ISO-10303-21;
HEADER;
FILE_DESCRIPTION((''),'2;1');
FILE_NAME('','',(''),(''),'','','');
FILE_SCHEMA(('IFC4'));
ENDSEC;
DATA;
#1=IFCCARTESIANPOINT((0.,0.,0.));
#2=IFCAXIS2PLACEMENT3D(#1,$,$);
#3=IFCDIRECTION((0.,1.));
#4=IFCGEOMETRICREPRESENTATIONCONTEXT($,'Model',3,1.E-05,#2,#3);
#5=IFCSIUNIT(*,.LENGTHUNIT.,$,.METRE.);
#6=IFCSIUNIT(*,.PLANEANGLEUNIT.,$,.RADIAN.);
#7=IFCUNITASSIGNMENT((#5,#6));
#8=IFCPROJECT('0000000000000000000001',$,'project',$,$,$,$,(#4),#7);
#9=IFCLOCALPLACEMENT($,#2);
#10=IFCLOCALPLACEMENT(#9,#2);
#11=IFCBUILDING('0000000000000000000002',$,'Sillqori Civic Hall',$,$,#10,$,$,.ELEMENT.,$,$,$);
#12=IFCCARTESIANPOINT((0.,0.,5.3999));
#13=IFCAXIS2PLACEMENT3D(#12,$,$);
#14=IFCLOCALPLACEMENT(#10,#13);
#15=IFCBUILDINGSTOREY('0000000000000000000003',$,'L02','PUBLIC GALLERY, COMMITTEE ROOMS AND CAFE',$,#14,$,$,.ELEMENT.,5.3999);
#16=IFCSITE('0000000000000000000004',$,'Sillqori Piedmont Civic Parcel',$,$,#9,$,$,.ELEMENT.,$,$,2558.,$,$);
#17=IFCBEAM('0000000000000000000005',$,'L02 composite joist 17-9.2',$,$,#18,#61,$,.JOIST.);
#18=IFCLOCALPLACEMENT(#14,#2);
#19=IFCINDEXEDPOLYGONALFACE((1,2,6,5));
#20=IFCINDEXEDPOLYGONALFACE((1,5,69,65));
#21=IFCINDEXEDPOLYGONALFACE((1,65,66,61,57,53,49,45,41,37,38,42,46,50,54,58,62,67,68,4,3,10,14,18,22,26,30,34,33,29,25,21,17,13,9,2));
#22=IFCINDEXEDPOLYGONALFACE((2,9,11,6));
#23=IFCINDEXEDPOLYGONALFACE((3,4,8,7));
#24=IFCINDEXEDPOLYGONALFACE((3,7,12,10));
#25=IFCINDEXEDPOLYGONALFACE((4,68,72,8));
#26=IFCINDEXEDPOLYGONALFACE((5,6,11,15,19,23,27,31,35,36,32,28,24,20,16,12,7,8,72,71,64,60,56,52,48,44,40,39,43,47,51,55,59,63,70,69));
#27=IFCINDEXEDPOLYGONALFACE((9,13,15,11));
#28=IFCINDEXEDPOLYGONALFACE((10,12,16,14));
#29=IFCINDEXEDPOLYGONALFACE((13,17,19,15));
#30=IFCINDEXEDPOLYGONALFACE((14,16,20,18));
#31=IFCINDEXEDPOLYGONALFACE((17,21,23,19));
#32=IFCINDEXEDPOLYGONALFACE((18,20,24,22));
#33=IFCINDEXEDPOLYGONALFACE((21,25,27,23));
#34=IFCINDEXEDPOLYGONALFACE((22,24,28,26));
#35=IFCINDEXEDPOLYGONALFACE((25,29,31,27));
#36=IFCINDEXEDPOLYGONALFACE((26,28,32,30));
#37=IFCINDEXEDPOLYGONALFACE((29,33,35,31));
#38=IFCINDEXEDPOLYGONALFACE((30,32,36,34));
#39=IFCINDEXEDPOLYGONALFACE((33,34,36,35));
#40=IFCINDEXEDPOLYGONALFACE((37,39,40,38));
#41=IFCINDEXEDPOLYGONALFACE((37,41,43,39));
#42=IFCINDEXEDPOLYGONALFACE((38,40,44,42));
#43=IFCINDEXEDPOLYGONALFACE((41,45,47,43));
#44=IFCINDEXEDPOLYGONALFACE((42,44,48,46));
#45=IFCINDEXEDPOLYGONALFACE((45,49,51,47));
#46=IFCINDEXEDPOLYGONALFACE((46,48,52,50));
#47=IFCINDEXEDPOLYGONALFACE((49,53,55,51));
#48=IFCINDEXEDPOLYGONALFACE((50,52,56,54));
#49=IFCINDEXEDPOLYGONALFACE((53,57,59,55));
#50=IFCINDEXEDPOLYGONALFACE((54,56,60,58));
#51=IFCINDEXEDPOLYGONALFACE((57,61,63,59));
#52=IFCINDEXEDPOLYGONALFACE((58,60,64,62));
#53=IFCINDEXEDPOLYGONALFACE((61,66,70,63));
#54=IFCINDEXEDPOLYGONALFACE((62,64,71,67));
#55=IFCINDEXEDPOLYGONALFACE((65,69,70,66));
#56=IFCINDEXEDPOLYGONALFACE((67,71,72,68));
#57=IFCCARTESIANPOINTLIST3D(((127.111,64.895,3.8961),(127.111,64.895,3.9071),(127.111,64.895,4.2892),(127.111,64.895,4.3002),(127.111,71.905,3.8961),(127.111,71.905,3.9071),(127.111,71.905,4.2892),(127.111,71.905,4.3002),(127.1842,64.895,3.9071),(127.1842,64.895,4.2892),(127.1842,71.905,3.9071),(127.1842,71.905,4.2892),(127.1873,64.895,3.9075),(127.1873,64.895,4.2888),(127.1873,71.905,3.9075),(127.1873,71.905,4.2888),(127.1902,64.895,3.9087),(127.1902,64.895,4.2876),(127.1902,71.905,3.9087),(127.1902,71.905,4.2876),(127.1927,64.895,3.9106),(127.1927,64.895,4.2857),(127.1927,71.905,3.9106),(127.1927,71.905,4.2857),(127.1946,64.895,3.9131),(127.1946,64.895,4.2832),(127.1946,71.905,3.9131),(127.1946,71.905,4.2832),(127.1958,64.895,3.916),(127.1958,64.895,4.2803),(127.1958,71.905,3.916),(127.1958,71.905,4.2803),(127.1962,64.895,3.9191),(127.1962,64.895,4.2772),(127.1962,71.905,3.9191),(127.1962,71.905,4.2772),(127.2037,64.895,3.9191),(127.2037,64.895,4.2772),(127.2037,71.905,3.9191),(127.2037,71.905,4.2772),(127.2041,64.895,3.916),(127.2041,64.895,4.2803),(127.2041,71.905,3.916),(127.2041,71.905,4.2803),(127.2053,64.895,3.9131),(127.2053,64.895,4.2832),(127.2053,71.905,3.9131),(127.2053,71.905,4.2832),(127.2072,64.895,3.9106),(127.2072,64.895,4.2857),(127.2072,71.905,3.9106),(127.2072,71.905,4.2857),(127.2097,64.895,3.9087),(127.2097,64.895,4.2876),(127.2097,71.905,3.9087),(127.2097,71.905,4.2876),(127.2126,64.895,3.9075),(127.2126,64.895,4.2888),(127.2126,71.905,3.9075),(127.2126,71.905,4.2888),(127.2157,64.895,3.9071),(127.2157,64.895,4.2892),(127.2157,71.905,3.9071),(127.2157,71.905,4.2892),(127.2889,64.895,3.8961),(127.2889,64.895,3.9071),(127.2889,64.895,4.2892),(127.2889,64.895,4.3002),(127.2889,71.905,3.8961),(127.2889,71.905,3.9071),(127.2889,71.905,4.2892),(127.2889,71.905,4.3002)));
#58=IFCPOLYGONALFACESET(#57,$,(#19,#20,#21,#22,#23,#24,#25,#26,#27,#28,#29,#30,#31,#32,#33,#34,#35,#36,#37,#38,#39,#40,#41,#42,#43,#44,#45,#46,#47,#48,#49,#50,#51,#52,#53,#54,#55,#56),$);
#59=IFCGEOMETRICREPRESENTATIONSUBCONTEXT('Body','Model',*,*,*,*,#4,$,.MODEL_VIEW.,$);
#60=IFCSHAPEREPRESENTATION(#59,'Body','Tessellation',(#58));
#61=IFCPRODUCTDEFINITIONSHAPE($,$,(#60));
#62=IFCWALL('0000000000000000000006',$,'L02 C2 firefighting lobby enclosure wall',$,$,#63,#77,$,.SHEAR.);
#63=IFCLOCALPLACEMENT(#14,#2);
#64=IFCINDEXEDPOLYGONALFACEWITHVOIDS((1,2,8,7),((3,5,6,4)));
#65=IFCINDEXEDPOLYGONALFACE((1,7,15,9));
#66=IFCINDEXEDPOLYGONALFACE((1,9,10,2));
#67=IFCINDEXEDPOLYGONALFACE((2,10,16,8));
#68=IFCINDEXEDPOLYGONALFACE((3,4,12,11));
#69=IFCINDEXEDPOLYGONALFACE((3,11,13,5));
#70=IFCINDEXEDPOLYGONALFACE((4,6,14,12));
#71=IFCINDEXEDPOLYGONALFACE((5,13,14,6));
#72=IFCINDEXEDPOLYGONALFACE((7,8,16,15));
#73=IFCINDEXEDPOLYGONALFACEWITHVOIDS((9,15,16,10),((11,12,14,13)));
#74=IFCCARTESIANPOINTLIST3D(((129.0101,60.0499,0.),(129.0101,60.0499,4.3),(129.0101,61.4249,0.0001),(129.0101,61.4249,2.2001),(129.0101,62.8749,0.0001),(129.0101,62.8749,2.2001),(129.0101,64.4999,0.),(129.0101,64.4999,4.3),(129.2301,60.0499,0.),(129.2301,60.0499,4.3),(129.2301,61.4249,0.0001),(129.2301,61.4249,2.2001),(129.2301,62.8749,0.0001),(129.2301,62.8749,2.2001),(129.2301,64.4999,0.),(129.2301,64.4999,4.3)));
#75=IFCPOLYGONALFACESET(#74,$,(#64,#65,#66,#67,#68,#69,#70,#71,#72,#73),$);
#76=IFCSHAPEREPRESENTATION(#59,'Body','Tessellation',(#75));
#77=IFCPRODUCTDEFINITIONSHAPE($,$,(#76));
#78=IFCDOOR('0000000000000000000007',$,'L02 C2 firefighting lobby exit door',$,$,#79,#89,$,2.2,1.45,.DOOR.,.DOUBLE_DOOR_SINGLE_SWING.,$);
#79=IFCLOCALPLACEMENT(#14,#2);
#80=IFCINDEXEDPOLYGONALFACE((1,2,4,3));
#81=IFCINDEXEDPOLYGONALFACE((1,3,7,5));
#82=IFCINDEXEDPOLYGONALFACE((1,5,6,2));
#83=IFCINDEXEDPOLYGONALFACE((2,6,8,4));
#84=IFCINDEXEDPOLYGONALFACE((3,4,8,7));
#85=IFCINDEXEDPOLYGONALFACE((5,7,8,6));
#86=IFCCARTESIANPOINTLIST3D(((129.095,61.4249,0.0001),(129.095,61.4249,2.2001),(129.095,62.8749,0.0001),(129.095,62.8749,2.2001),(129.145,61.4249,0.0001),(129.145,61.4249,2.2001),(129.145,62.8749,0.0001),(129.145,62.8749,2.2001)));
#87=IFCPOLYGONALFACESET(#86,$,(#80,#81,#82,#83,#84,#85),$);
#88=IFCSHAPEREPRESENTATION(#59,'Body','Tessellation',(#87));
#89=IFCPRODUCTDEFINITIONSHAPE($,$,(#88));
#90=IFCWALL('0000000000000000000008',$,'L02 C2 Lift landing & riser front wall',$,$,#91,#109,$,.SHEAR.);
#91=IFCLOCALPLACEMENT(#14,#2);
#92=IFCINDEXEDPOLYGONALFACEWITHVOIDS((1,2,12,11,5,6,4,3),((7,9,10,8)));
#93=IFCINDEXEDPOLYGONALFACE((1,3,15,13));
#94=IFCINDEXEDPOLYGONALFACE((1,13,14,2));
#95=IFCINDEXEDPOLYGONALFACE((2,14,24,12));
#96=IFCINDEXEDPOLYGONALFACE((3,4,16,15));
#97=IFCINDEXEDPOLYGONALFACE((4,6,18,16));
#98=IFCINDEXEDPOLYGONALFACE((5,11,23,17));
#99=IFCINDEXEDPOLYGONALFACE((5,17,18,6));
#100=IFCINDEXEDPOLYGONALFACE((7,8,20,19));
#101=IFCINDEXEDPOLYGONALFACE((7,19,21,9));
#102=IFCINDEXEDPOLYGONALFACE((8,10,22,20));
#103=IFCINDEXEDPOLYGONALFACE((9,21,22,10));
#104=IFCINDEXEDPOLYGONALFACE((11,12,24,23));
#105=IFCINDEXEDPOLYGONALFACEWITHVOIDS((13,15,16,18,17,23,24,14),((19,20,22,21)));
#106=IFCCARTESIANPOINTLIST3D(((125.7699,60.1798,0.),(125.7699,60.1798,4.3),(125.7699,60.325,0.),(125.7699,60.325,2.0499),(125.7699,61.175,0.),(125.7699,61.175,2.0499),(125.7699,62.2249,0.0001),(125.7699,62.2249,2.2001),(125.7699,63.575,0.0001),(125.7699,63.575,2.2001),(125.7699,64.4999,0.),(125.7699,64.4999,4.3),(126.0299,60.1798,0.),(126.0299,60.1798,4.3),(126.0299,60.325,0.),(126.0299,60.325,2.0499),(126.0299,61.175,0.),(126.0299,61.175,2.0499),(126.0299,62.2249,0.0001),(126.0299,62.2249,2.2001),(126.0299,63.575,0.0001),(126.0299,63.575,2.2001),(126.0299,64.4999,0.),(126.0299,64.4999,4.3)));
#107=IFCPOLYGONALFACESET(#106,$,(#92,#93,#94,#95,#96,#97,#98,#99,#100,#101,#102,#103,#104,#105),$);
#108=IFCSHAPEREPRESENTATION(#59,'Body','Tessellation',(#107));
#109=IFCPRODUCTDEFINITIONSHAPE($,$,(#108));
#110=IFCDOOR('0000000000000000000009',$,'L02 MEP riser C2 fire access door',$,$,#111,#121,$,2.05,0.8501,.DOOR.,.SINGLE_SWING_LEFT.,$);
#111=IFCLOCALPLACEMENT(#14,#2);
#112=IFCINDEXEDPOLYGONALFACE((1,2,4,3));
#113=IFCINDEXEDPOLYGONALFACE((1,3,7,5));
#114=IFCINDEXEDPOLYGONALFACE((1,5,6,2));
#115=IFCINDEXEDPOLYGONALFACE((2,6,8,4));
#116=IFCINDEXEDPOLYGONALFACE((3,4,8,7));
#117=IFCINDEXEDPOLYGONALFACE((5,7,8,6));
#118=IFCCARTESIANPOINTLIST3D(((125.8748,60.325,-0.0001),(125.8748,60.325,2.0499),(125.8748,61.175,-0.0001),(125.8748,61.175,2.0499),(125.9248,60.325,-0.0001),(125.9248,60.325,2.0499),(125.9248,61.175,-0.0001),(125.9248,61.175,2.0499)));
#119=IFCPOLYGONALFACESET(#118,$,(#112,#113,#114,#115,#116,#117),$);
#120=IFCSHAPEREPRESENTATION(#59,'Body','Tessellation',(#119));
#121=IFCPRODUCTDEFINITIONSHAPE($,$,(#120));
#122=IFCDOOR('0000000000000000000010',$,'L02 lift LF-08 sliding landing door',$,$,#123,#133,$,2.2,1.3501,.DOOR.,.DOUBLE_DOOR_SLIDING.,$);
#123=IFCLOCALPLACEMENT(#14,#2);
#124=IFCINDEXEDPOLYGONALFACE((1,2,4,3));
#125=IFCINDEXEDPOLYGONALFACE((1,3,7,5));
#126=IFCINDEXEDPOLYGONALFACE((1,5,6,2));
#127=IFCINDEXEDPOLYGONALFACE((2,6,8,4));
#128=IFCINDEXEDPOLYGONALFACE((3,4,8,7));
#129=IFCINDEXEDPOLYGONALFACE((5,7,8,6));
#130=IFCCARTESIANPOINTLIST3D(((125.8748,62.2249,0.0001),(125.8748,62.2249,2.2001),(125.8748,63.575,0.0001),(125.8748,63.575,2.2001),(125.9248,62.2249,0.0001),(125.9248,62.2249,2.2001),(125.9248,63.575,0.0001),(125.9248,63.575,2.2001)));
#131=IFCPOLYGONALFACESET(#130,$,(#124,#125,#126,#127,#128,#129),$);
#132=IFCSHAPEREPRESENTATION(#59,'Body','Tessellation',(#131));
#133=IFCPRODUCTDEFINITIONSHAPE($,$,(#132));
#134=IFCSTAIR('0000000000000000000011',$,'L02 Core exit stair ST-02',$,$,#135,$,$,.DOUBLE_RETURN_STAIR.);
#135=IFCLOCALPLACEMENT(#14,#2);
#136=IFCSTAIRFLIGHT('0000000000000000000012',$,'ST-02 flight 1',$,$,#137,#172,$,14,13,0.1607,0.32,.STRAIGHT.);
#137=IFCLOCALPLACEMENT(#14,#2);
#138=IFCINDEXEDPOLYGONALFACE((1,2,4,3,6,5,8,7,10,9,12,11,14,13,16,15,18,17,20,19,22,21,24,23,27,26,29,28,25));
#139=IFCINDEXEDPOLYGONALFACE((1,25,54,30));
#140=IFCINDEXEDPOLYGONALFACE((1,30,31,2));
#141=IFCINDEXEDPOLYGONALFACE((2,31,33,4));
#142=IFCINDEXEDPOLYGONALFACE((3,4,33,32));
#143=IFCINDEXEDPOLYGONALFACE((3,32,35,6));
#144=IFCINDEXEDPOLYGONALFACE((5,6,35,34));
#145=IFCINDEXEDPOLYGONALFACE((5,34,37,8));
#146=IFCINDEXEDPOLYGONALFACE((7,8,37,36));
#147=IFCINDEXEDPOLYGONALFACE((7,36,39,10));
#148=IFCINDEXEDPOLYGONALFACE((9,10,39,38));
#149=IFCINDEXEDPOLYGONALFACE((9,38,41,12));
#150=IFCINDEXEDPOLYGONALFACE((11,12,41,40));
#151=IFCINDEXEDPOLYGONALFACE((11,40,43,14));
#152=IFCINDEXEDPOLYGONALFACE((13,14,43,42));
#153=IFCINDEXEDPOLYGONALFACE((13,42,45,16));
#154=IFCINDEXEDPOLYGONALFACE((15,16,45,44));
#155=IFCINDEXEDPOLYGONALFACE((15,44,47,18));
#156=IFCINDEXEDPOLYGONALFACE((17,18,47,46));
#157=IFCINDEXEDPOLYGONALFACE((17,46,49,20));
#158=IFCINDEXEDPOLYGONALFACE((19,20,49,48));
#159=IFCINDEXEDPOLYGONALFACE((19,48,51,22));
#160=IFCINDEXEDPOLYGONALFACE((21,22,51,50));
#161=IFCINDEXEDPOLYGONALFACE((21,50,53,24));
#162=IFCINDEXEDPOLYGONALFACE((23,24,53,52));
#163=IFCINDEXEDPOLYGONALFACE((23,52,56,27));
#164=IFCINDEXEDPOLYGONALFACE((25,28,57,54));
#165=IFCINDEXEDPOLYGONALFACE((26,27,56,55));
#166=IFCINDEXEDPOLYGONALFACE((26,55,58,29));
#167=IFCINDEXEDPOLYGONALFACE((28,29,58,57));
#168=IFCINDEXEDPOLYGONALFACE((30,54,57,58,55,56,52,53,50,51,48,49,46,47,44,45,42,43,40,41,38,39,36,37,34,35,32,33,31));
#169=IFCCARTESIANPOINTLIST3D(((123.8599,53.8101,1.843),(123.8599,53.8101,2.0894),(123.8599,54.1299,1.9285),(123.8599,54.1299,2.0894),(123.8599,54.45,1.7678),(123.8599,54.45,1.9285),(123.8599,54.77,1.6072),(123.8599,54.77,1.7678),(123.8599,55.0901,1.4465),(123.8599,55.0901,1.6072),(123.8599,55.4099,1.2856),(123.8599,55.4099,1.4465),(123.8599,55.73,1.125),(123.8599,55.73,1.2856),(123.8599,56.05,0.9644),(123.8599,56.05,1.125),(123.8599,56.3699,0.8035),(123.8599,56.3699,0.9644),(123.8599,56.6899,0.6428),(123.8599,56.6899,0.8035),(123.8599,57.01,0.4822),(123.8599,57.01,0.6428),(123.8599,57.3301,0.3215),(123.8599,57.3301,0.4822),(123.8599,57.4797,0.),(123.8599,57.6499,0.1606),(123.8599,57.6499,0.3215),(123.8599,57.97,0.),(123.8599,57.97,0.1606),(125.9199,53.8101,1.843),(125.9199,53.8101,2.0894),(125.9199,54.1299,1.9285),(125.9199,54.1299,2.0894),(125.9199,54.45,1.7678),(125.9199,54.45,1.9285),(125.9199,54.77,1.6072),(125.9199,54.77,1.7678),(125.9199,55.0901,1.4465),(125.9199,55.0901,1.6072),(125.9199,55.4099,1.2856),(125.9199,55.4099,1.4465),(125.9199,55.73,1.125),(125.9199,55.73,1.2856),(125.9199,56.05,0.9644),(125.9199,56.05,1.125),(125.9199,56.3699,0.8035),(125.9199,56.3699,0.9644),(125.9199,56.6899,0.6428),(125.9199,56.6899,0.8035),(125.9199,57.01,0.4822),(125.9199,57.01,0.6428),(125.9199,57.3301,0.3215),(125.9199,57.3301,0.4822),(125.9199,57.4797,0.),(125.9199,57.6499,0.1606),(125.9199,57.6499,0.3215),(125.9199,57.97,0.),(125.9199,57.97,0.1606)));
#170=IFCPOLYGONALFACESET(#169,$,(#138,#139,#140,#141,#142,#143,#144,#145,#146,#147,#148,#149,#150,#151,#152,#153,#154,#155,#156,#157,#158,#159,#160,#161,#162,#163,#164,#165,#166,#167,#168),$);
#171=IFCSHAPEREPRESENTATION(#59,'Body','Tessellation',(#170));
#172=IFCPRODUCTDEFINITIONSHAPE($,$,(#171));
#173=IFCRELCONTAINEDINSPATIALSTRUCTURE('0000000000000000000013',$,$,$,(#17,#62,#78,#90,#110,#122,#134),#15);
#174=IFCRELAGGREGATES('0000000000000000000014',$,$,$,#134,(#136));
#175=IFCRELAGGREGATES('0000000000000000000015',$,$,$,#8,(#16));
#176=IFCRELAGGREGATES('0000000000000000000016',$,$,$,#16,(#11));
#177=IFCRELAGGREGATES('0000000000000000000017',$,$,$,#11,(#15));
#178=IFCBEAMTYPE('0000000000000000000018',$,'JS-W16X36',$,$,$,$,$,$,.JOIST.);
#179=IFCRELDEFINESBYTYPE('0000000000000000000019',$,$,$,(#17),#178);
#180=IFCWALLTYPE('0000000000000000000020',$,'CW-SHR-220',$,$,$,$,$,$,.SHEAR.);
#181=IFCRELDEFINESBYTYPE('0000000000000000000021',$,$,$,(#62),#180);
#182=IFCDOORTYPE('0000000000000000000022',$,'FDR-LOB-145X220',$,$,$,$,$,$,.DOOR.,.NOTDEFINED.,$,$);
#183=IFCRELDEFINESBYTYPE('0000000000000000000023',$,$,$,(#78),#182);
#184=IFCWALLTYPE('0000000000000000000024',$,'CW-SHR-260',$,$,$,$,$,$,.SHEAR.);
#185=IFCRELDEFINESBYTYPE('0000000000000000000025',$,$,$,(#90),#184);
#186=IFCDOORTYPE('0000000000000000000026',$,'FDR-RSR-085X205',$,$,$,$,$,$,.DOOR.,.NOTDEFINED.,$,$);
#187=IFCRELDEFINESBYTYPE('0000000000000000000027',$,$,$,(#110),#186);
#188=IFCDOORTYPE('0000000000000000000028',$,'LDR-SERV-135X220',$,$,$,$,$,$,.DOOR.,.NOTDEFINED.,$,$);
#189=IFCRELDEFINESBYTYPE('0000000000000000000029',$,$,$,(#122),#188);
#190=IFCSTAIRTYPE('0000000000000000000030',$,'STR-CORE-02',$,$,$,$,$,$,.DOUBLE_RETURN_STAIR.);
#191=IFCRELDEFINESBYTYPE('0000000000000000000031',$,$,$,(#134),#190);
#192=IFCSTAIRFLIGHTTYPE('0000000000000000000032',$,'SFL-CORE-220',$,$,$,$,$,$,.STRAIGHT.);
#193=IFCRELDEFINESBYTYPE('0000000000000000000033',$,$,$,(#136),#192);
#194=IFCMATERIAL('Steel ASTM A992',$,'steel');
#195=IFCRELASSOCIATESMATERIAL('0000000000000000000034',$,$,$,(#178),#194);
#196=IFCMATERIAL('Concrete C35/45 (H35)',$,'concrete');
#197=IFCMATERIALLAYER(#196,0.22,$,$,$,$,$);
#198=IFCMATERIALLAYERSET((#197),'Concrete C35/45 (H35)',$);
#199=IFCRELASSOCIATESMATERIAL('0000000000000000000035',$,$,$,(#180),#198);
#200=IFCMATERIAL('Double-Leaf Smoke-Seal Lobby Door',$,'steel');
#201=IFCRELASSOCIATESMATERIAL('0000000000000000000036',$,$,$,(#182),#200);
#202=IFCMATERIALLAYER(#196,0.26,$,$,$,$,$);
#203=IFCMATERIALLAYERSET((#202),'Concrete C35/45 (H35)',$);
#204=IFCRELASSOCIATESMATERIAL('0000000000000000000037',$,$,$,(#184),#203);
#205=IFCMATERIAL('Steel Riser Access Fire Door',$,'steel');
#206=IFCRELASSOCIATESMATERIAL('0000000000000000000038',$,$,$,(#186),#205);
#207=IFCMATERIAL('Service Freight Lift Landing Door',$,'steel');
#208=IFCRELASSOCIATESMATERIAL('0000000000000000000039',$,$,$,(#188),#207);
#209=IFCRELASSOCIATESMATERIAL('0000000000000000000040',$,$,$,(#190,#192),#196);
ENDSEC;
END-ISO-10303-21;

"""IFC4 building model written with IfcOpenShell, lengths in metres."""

from ifc_helpers import new_model, si_unit, direction, frame, frame_2d, origin, origin_2d, place, context, subcontext, project, spatial, polyline, rectangle, i_section, outline, extrude, material, layer, layer_set, material_profile, profile_set, type_object, element, fill, aggregate, save


model = new_model("IFC4")

# Units and contexts
model_context = context("Model", 3, precision=1e-05, world=origin(), true_north=direction((0.0, 1.0)))
body_context = subcontext(model_context, "Body", "Model", "MODEL_VIEW")
ifc_project = project(units=[si_unit("LENGTHUNIT", "METRE"), si_unit("PLANEANGLEUNIT", "RADIAN")], contexts=[model_context])

# Site, building, storey
site_placement = place(None, origin())
site = spatial("IfcSite", under=ifc_project, at=site_placement, Name="Sillqori Piedmont Civic Parcel", CompositionType="ELEMENT", RefElevation=2558.0)
building_placement = place(site_placement, origin())
building = spatial("IfcBuilding", under=site, at=building_placement, Name="Sillqori Civic Hall", CompositionType="ELEMENT")
storey_placement = place(building_placement, frame((0.0, 0.0, 5.3999)))
storey = spatial("IfcBuildingStorey", under=building, at=storey_placement, Name="L02", Description="PUBLIC GALLERY, COMMITTEE ROOMS AND CAFE", CompositionType="ELEMENT", Elevation=5.3999)

# Shared definitions
ifc_material_1 = material(Name="Steel ASTM A992", Category="steel")

# Beam
ifc_material_profile_1 = material_profile(ifc_material_1, i_section(OverallWidth=0.178, OverallDepth=0.4041, WebThickness=0.0076, FlangeThickness=0.011, FilletRadius=0.012, at=origin_2d()), Name="W16X36")
ifc_profile_set_1 = profile_set([ifc_material_profile_1], Name="Steel ASTM A992")
beam_type_1 = type_object("IfcBeamType", Name="JS-W16X36", PredefinedType="JOIST", material=ifc_profile_set_1)
beam_1_placement = place(storey_placement, frame((127.2, 64.895, 4.0981), z_axis=(0.0, 1.0, 0.0), x_axis=(-1.0, 0.0, 0.0)))
element("IfcBeam", 1, at=beam_1_placement, inside=storey, type_object=beam_type_1, Name="L02 composite joist 17-9.2", PredefinedType="JOIST", context=body_context, shape_type="SweptSolid", body=[
    extrude(i_section(OverallWidth=0.178, OverallDepth=0.4041, WebThickness=0.0076, FlangeThickness=0.011, FilletRadius=0.012, at=origin_2d()), origin(), (0.0, 0.0, 1.0), 7.01),
])

# Wall, opening, door
ifc_material_2 = material(Name="Concrete C35/45 (H35)", Category="concrete")
ifc_layer_1 = layer(ifc_material_2, 0.22)
ifc_layer_set_1 = layer_set([ifc_layer_1], Name="Concrete C35/45 (H35)")
wall_type_1 = type_object("IfcWallType", Name="CW-SHR-220", PredefinedType="SHEAR", material=ifc_layer_set_1)
wall_1_placement = place(storey_placement, frame((129.1201, 64.5, 0.0), z_axis=(0.0, 0.0, 1.0), x_axis=(0.0, -1.0, 0.0)))
wall_1 = element("IfcWall", 2, at=wall_1_placement, inside=storey, type_object=wall_type_1, Name="L02 C2 firefighting lobby enclosure wall", PredefinedType="SHEAR", context=body_context, shape_type="SweptSolid", body=[
    extrude(rectangle(XDim=4.45, YDim=0.22, at=frame_2d((2.2251, 0.0))), origin(), (0.0, 0.0, 1.0), 4.3),
])
opening_1_placement = place(wall_1_placement, frame((1.625, 0.0, 0.0)))
opening_1 = element("IfcOpeningElement", 3, at=opening_1_placement, cuts=wall_1, PredefinedType="OPENING", context=body_context, shape_type="SweptSolid", body=[
    extrude(rectangle(XDim=1.45, YDim=2.2, at=frame_2d((0.7251, 1.1001))), frame((0.0, 0.1199, 0.0), z_axis=(0.0, -1.0, 0.0), x_axis=(1.0, 0.0, 0.0)), (0.0, 0.0, 1.0), 0.24),
])
ifc_material_3 = material(Name="Double-Leaf Smoke-Seal Lobby Door", Category="steel")
door_type_1 = type_object("IfcDoorType", Name="FDR-LOB-145X220", OperationType="NOTDEFINED", PredefinedType="DOOR", material=ifc_material_3)
door_1_placement = place(opening_1_placement, origin())
door_1 = element("IfcDoor", 4, at=door_1_placement, inside=storey, type_object=door_type_1, Name="L02 C2 firefighting lobby exit door", OperationType="DOUBLE_DOOR_SINGLE_SWING", OverallHeight=2.2, OverallWidth=1.45, PredefinedType="DOOR", context=body_context, shape_type="SweptSolid", body=[
    extrude(rectangle(XDim=1.45, YDim=2.2, at=frame_2d((0.7251, 1.1001))), frame((0.0, 0.0249, 0.0), z_axis=(0.0, -1.0, 0.0), x_axis=(1.0, 0.0, 0.0)), (0.0, 0.0, 1.0), 0.05),
])
fill(opening_1, door_1)

# Wall, openings, doors
ifc_layer_2 = layer(ifc_material_2, 0.26)
ifc_layer_set_2 = layer_set([ifc_layer_2], Name="Concrete C35/45 (H35)")
wall_type_2 = type_object("IfcWallType", Name="CW-SHR-260", PredefinedType="SHEAR", material=ifc_layer_set_2)
wall_2_placement = place(storey_placement, frame((125.8999, 64.5, 0.0), z_axis=(0.0, 0.0, 1.0), x_axis=(0.0, -1.0, 0.0)))
wall_2 = element("IfcWall", 5, at=wall_2_placement, inside=storey, type_object=wall_type_2, Name="L02 C2 Lift landing & riser front wall", PredefinedType="SHEAR", context=body_context, shape_type="SweptSolid", body=[
    extrude(rectangle(XDim=4.3201, YDim=0.26, at=frame_2d((2.1602, 0.0))), origin(), (0.0, 0.0, 1.0), 4.3),
])
opening_2_placement = place(wall_2_placement, frame((0.925, 0.0, 0.0)))
opening_2 = element("IfcOpeningElement", 6, at=opening_2_placement, cuts=wall_2, PredefinedType="OPENING", context=body_context, shape_type="SweptSolid", body=[
    extrude(rectangle(XDim=1.3501, YDim=2.2, at=frame_2d((0.675, 1.1001))), frame((0.0, 0.1399, 0.0), z_axis=(0.0, -1.0, 0.0), x_axis=(1.0, 0.0, 0.0)), (0.0, 0.0, 1.0), 0.28),
])
opening_3_placement = place(wall_2_placement, frame((3.325, 0.0, 0.0)))
opening_3 = element("IfcOpeningElement", 7, at=opening_3_placement, cuts=wall_2, PredefinedType="OPENING", context=body_context, shape_type="SweptSolid", body=[
    extrude(rectangle(XDim=0.8501, YDim=2.05, at=frame_2d((0.425, 1.0249))), frame((0.0, 0.1399, 0.0), z_axis=(0.0, -1.0, 0.0), x_axis=(1.0, 0.0, 0.0)), (0.0, 0.0, 1.0), 0.28),
])
ifc_material_4 = material(Name="Steel Riser Access Fire Door", Category="steel")
door_type_2 = type_object("IfcDoorType", Name="FDR-RSR-085X205", OperationType="NOTDEFINED", PredefinedType="DOOR", material=ifc_material_4)
door_2_placement = place(opening_3_placement, origin())
door_2 = element("IfcDoor", 8, at=door_2_placement, inside=storey, type_object=door_type_2, Name="L02 MEP riser C2 fire access door", OperationType="SINGLE_SWING_LEFT", OverallHeight=2.05, OverallWidth=0.8501, PredefinedType="DOOR", context=body_context, shape_type="SweptSolid", body=[
    extrude(rectangle(XDim=0.8501, YDim=2.05, at=frame_2d((0.425, 1.0249))), frame((0.0, 0.0249, 0.0), z_axis=(0.0, -1.0, 0.0), x_axis=(1.0, 0.0, 0.0)), (0.0, 0.0, 1.0), 0.05),
])
fill(opening_3, door_2)
ifc_material_5 = material(Name="Service Freight Lift Landing Door", Category="steel")
door_type_3 = type_object("IfcDoorType", Name="LDR-SERV-135X220", OperationType="NOTDEFINED", PredefinedType="DOOR", material=ifc_material_5)
door_3_placement = place(opening_2_placement, origin())
door_3 = element("IfcDoor", 9, at=door_3_placement, inside=storey, type_object=door_type_3, Name="L02 lift LF-08 sliding landing door", OperationType="DOUBLE_DOOR_SLIDING", OverallHeight=2.2, OverallWidth=1.3501, PredefinedType="DOOR", context=body_context, shape_type="SweptSolid", body=[
    extrude(rectangle(XDim=1.3501, YDim=2.2, at=frame_2d((0.675, 1.1001))), frame((0.0, 0.0249, 0.0), z_axis=(0.0, -1.0, 0.0), x_axis=(1.0, 0.0, 0.0)), (0.0, 0.0, 1.0), 0.05),
])
fill(opening_2, door_3)

# Stair, stair flight
stair_type = type_object("IfcStairType", Name="STR-CORE-02", PredefinedType="DOUBLE_RETURN_STAIR", material=ifc_material_2)
stair_placement = place(storey_placement, origin())
stair = element("IfcStair", 10, at=stair_placement, inside=storey, type_object=stair_type, Name="L02 Core exit stair ST-02", PredefinedType="DOUBLE_RETURN_STAIR")
stair_flight_type = type_object("IfcStairFlightType", Name="SFL-CORE-220", PredefinedType="STRAIGHT", material=ifc_material_2)
stair_flight_placement = place(storey_placement, frame((124.8899, 57.97, 0.0), z_axis=(0.0, 0.0, 1.0), x_axis=(0.0, -1.0, 0.0)))
stair_flight = element("IfcStairFlight", 11, at=stair_flight_placement, type_object=stair_flight_type, Name="ST-02 flight 1", NumberOfRisers=14, NumberOfTreads=13, PredefinedType="STRAIGHT", RiserHeight=0.1607, TreadLength=0.32, context=body_context, shape_type="SweptSolid", body=[
    extrude(outline(polyline([(0.0, 0.0), (0.0, 0.1606), (0.3201, 0.1606), (0.3201, 0.3215), (0.6399, 0.3215), (0.6399, 0.4822), (0.96, 0.4822), (0.96, 0.6428), (1.28, 0.6428), (1.28, 0.8035), (1.6001, 0.8035), (1.6001, 0.9644), (1.9199, 0.9644), (1.9199, 1.125), (2.24, 1.125), (2.24, 1.2856), (2.5601, 1.2856), (2.5601, 1.4465), (2.8799, 1.4465), (2.8799, 1.6072), (3.2, 1.6072), (3.2, 1.7678), (3.52, 1.7678), (3.52, 1.9285), (3.8401, 1.9285), (3.8401, 2.0894), (4.1599, 2.0894), (4.1599, 2.25), (4.1599, 1.843), (0.4902, 0.0), (0.0, 0.0)])), frame((0.0, 1.03, 0.0), z_axis=(0.0, -1.0, 0.0), x_axis=(1.0, 0.0, 0.0)), (0.0, 0.0, 1.0), 2.0601),
])
aggregate(stair, [stair_flight])

save(model, "model.ifc")
